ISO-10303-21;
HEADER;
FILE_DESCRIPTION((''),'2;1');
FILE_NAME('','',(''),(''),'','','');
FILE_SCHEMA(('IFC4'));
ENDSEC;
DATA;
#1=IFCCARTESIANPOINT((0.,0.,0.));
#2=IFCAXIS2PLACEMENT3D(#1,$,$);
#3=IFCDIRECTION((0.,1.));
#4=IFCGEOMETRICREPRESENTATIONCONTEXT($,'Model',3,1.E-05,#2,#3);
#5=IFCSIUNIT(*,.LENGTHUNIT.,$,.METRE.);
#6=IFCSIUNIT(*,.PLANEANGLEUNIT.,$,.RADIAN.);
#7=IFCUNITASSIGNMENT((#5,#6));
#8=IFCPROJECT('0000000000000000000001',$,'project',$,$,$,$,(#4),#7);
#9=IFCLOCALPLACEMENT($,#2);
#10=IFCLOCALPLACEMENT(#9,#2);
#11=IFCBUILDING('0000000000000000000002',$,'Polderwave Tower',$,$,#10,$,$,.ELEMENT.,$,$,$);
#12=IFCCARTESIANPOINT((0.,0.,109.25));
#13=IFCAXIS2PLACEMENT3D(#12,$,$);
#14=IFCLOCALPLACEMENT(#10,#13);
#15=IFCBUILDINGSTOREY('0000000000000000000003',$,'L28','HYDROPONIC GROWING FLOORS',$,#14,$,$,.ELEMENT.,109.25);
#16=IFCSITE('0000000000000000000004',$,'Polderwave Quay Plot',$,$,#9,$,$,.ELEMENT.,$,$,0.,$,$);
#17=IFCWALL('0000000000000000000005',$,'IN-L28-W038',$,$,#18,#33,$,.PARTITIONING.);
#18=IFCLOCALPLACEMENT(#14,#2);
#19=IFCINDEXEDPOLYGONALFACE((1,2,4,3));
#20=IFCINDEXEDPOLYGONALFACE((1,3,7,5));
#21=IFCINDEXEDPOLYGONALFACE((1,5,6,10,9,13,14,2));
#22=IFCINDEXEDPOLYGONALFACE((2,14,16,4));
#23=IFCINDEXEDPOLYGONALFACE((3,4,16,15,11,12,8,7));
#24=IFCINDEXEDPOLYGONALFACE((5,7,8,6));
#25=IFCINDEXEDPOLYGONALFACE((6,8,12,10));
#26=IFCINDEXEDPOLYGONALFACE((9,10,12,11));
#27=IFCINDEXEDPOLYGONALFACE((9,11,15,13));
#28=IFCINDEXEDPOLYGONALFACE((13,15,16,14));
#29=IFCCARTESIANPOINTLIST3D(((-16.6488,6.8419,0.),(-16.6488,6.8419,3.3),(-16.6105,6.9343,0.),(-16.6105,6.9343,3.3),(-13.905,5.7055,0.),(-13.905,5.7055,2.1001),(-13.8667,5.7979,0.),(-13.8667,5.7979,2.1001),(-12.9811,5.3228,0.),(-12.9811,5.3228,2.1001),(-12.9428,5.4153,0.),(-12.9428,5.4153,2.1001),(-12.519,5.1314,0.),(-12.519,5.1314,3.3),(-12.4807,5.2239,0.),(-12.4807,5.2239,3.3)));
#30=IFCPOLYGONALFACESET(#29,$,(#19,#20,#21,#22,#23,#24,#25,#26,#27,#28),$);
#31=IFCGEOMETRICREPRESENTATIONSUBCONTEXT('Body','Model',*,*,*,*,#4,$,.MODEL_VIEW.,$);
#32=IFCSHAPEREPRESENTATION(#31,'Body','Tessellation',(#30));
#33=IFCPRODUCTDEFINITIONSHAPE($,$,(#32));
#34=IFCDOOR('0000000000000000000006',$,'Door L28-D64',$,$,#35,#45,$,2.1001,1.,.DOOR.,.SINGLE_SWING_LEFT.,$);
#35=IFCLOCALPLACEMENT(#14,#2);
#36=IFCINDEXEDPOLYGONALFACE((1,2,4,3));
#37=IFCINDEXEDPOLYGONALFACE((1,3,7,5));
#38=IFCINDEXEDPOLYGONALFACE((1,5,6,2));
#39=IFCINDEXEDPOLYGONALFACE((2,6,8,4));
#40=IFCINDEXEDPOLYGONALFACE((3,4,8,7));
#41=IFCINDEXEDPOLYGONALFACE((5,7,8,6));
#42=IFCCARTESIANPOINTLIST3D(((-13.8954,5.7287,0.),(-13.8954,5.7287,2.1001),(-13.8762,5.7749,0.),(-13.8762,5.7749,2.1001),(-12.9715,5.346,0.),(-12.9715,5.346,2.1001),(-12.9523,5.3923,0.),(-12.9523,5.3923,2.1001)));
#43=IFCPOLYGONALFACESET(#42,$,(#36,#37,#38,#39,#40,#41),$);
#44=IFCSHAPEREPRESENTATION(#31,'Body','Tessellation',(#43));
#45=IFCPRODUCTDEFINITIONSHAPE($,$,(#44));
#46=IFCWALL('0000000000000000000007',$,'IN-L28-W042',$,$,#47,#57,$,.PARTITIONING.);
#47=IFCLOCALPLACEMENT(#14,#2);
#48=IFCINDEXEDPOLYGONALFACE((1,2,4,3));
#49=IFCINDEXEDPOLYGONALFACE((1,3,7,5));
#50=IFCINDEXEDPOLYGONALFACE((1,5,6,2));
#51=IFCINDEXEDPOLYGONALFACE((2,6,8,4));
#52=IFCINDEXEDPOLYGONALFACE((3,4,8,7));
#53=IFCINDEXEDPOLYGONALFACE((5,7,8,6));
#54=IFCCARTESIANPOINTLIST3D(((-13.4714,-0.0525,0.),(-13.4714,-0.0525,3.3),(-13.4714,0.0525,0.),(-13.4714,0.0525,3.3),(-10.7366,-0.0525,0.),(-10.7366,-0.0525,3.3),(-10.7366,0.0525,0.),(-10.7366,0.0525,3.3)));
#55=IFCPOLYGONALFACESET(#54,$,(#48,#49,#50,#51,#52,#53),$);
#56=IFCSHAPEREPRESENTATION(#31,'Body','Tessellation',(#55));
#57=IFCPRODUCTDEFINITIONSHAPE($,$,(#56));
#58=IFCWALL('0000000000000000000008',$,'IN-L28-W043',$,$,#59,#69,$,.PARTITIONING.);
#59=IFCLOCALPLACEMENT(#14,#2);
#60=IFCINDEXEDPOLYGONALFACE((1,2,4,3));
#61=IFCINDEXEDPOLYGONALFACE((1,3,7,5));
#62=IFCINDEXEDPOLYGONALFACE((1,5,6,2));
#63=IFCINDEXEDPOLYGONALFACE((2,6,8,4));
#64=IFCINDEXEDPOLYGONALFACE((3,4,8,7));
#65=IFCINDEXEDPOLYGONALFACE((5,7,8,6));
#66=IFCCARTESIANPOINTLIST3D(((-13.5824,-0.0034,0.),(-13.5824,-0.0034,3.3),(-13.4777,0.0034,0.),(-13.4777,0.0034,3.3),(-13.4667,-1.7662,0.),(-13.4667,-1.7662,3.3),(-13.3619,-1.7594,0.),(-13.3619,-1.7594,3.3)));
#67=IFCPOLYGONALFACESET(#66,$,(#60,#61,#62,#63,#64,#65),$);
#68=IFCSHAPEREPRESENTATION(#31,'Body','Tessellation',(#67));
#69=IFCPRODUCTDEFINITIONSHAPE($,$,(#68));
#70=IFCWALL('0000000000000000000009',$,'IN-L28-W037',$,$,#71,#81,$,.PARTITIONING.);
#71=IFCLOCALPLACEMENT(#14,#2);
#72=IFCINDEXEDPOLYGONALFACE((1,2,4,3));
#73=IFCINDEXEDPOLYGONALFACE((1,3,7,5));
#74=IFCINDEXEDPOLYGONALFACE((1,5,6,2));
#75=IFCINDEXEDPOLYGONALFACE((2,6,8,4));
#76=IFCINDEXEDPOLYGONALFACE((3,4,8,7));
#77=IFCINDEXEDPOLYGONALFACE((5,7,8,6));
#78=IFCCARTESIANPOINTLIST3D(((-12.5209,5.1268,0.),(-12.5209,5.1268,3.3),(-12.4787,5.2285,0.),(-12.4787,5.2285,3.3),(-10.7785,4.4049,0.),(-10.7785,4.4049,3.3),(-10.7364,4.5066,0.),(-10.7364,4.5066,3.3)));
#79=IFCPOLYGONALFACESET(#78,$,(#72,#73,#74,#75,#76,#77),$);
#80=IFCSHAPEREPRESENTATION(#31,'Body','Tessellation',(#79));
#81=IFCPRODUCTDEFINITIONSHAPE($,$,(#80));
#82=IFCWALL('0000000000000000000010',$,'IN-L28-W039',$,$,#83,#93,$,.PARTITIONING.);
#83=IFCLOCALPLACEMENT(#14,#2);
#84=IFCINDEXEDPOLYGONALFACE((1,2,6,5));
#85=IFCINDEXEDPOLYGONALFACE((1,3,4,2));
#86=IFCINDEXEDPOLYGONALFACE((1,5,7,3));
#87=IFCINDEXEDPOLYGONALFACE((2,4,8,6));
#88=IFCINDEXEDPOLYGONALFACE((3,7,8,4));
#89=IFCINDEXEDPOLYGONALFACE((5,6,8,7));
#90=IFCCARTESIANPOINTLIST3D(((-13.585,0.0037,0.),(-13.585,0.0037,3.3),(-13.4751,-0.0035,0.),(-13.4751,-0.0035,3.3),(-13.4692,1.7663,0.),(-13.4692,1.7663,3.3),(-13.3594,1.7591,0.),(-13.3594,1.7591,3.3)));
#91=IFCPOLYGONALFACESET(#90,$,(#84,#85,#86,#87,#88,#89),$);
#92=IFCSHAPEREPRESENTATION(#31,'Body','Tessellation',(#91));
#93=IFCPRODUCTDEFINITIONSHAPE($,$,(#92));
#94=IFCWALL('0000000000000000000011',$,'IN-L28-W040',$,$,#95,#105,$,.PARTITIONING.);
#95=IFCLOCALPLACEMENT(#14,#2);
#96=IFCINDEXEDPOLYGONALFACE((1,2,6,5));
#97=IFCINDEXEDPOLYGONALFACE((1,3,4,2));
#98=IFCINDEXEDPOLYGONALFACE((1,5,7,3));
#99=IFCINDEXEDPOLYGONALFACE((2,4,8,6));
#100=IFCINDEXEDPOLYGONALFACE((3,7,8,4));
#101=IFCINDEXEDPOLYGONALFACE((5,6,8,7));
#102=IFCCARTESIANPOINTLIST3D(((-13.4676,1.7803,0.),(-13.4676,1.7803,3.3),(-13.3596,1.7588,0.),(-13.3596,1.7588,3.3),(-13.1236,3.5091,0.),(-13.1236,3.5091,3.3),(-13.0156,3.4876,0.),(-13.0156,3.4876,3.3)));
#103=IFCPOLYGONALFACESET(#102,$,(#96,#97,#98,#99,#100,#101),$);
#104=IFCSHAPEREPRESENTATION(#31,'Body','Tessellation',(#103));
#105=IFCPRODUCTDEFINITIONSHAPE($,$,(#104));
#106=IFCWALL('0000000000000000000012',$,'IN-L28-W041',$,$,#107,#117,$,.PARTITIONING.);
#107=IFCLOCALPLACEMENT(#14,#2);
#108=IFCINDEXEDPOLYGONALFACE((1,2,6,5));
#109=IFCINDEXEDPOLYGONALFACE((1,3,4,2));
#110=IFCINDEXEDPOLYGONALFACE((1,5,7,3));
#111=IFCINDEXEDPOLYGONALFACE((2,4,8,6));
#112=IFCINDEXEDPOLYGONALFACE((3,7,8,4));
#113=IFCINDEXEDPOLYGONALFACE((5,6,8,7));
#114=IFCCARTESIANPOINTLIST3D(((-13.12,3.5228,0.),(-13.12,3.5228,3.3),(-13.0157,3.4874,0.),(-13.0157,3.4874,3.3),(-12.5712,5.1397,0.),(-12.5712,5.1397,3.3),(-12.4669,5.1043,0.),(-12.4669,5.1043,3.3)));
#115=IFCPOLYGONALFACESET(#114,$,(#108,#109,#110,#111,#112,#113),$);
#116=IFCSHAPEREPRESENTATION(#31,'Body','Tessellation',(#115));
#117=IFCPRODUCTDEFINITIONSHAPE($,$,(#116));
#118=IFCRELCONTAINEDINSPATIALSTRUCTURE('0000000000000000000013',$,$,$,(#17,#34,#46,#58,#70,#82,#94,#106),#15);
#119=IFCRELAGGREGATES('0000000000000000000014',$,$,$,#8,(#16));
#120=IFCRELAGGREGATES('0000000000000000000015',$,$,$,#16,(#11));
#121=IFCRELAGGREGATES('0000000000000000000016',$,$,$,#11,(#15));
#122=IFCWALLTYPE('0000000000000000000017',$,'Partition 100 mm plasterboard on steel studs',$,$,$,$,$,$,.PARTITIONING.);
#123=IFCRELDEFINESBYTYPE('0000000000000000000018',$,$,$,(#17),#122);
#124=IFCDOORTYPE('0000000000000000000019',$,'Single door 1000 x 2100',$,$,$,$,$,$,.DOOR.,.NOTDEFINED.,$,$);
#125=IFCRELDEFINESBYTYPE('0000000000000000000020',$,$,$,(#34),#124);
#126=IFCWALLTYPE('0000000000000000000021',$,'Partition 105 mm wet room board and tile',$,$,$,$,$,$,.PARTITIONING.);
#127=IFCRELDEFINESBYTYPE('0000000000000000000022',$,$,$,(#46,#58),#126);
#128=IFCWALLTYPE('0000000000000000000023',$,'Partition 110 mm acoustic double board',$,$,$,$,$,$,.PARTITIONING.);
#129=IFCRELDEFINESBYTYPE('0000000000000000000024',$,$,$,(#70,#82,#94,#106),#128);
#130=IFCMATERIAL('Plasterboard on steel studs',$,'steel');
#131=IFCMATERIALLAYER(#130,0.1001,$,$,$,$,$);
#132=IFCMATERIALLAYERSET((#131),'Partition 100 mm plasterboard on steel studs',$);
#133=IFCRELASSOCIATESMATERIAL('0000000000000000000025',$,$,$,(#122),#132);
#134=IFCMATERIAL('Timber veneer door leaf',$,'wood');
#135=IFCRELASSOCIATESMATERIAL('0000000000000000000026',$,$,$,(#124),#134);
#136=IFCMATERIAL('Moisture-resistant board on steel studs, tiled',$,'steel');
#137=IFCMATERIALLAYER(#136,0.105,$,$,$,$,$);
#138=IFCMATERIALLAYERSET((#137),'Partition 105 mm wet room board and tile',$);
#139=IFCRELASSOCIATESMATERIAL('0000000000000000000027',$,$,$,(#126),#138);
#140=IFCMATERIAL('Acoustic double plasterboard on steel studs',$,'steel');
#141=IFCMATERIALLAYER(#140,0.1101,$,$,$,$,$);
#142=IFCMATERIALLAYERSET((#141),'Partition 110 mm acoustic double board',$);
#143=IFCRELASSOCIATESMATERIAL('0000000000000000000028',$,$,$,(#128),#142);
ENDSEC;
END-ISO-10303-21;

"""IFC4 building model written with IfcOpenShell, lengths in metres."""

from ifc_helpers import new_model, si_unit, direction, frame, frame_2d, origin, place, context, subcontext, project, spatial, rectangle, extrude, material, layer, layer_set, type_object, element, fill, save


model = new_model("IFC4")

# Units and contexts
model_context = context("Model", 3, precision=1e-05, world=origin(), true_north=direction((0.0, 1.0)))
body_context = subcontext(model_context, "Body", "Model", "MODEL_VIEW")
ifc_project = project(units=[si_unit("LENGTHUNIT", "METRE"), si_unit("PLANEANGLEUNIT", "RADIAN")], contexts=[model_context])

# Site, building, storey
site_placement = place(None, origin())
site = spatial("IfcSite", under=ifc_project, at=site_placement, Name="Polderwave Quay Plot", CompositionType="ELEMENT", RefElevation=0.0)
building_placement = place(site_placement, origin())
building = spatial("IfcBuilding", under=site, at=building_placement, Name="Polderwave Tower", CompositionType="ELEMENT")
storey_placement = place(building_placement, frame((0.0, 0.0, 109.25)))
storey = spatial("IfcBuildingStorey", under=building, at=storey_placement, Name="L28", Description="HYDROPONIC GROWING FLOORS", CompositionType="ELEMENT", Elevation=109.25)

# Wall, opening, door
ifc_material_1 = material(Name="Plasterboard on steel studs", Category="steel")
ifc_layer_1 = layer(ifc_material_1, 0.1001)
ifc_layer_set_1 = layer_set([ifc_layer_1], Name="Partition 100 mm plasterboard on steel studs")
wall_type_1 = type_object("IfcWallType", Name="Partition 100 mm plasterboard on steel studs", PredefinedType="PARTITIONING", material=ifc_layer_set_1)
wall_1_placement = place(storey_placement, frame((-12.5, 5.1777, 0.0), z_axis=(0.0, 0.0, 1.0), x_axis=(-0.923896, 0.382644, 0.0)))
wall_1 = element("IfcWall", 1, at=wall_1_placement, inside=storey, type_object=wall_type_1, Name="IN-L28-W038", PredefinedType="PARTITIONING", context=body_context, shape_type="SweptSolid", body=[
    extrude(rectangle(XDim=4.47, YDim=0.1001, at=frame_2d((2.2349, 0.0))), origin(), (0.0, 0.0, 1.0), 3.3),
])
opening_1_placement = place(wall_1_placement, frame((0.5, 0.0, 0.0)))
opening_1 = element("IfcOpeningElement", 2, at=opening_1_placement, cuts=wall_1, PredefinedType="OPENING", context=body_context, shape_type="SweptSolid", body=[
    extrude(rectangle(XDim=1.0, YDim=2.1001, at=frame_2d((0.5, 1.05))), frame((0.0, 0.0601, 0.0), z_axis=(0.0, -1.0, 0.0), x_axis=(1.0, 0.0, 0.0)), (0.0, 0.0, 1.0), 0.1201),
])
ifc_material_2 = material(Name="Timber veneer door leaf", Category="wood")
door_type_1 = type_object("IfcDoorType", Name="Single door 1000 x 2100", OperationType="NOTDEFINED", PredefinedType="DOOR", material=ifc_material_2)
door_1_placement = place(opening_1_placement, origin())
door_1 = element("IfcDoor", 3, at=door_1_placement, inside=storey, type_object=door_type_1, Name="Door L28-D64", OperationType="SINGLE_SWING_LEFT", OverallHeight=2.1001, OverallWidth=1.0, PredefinedType="DOOR", context=body_context, shape_type="SweptSolid", body=[
    extrude(rectangle(XDim=1.0, YDim=2.1001, at=frame_2d((0.5, 1.05))), frame((0.0, 0.0249, 0.0), z_axis=(0.0, -1.0, 0.0), x_axis=(1.0, 0.0, 0.0)), (0.0, 0.0, 1.0), 0.05),
])
fill(opening_1, door_1)

# Walls
ifc_material_3 = material(Name="Moisture-resistant board on steel studs, tiled", Category="steel")
ifc_layer_2 = layer(ifc_material_3, 0.105)
ifc_layer_set_2 = layer_set([ifc_layer_2], Name="Partition 105 mm wet room board and tile")
wall_type_2 = type_object("IfcWallType", Name="Partition 105 mm wet room board and tile", PredefinedType="PARTITIONING", material=ifc_layer_set_2)
wall_2_placement = place(storey_placement, frame((-10.7366, 0.0, 0.0), z_axis=(0.0, 0.0, 1.0), x_axis=(-1.0, 0.0, 0.0)))
element("IfcWall", 4, at=wall_2_placement, inside=storey, type_object=wall_type_2, Name="IN-L28-W042", PredefinedType="PARTITIONING", context=body_context, shape_type="SweptSolid", body=[
    extrude(rectangle(XDim=2.7349, YDim=0.105, at=frame_2d((1.3674, 0.0))), origin(), (0.0, 0.0, 1.0), 3.3),
])
wall_3_placement = place(storey_placement, frame((-13.53, 0.0, 0.0), z_axis=(0.0, 0.0, 1.0), x_axis=(0.06551, -0.997852, 0.0)))
element("IfcWall", 5, at=wall_3_placement, inside=storey, type_object=wall_type_2, Name="IN-L28-W043", PredefinedType="PARTITIONING", context=body_context, shape_type="SweptSolid", body=[
    extrude(rectangle(XDim=1.7666, YDim=0.105, at=frame_2d((0.8833, 0.0))), origin(), (0.0, 0.0, 1.0), 3.3),
])
ifc_material_4 = material(Name="Acoustic double plasterboard on steel studs", Category="steel")
ifc_layer_3 = layer(ifc_material_4, 0.1101)
ifc_layer_set_3 = layer_set([ifc_layer_3], Name="Partition 110 mm acoustic double board")
wall_type_3 = type_object("IfcWallType", Name="Partition 110 mm acoustic double board", PredefinedType="PARTITIONING", material=ifc_layer_set_3)
wall_4_placement = place(storey_placement, frame((-10.7576, 4.4558, 0.0), z_axis=(0.0, 0.0, 1.0), x_axis=(-0.923845, 0.382767, 0.0)))
element("IfcWall", 6, at=wall_4_placement, inside=storey, type_object=wall_type_3, Name="IN-L28-W037", PredefinedType="PARTITIONING", context=body_context, shape_type="SweptSolid", body=[
    extrude(rectangle(XDim=1.886, YDim=0.1101, at=frame_2d((0.9429, 0.0))), origin(), (0.0, 0.0, 1.0), 3.3),
])
wall_5_placement = place(storey_placement, frame((-13.53, 0.0, 0.0), z_axis=(0.0, 0.0, 1.0), x_axis=(0.065519, 0.997851, 0.0)))
element("IfcWall", 7, at=wall_5_placement, inside=storey, type_object=wall_type_3, Name="IN-L28-W039", PredefinedType="PARTITIONING", context=body_context, shape_type="SweptSolid", body=[
    extrude(rectangle(XDim=1.7664, YDim=0.1101, at=frame_2d((0.8833, 0.0))), origin(), (0.0, 0.0, 1.0), 3.3),
])
wall_6_placement = place(storey_placement, frame((-13.4136, 1.7695, 0.0), z_axis=(0.0, 0.0, 1.0), x_axis=(0.195157, 0.980772, 0.0)))
element("IfcWall", 8, at=wall_6_placement, inside=storey, type_object=wall_type_3, Name="IN-L28-W040", PredefinedType="PARTITIONING", context=body_context, shape_type="SweptSolid", body=[
    extrude(rectangle(XDim=1.7627, YDim=0.1101, at=frame_2d((0.8813, 0.0))), origin(), (0.0, 0.0, 1.0), 3.3),
])
wall_7_placement = place(storey_placement, frame((-13.0679, 3.5051, 0.0), z_axis=(0.0, 0.0, 1.0), x_axis=(0.321413, 0.946939, 0.0)))
element("IfcWall", 9, at=wall_7_placement, inside=storey, type_object=wall_type_3, Name="IN-L28-W041", PredefinedType="PARTITIONING", context=body_context, shape_type="SweptSolid", body=[
    extrude(rectangle(XDim=1.7075, YDim=0.1101, at=frame_2d((0.8538, 0.0))), origin(), (0.0, 0.0, 1.0), 3.3),
])

save(model, "model.ifc")
